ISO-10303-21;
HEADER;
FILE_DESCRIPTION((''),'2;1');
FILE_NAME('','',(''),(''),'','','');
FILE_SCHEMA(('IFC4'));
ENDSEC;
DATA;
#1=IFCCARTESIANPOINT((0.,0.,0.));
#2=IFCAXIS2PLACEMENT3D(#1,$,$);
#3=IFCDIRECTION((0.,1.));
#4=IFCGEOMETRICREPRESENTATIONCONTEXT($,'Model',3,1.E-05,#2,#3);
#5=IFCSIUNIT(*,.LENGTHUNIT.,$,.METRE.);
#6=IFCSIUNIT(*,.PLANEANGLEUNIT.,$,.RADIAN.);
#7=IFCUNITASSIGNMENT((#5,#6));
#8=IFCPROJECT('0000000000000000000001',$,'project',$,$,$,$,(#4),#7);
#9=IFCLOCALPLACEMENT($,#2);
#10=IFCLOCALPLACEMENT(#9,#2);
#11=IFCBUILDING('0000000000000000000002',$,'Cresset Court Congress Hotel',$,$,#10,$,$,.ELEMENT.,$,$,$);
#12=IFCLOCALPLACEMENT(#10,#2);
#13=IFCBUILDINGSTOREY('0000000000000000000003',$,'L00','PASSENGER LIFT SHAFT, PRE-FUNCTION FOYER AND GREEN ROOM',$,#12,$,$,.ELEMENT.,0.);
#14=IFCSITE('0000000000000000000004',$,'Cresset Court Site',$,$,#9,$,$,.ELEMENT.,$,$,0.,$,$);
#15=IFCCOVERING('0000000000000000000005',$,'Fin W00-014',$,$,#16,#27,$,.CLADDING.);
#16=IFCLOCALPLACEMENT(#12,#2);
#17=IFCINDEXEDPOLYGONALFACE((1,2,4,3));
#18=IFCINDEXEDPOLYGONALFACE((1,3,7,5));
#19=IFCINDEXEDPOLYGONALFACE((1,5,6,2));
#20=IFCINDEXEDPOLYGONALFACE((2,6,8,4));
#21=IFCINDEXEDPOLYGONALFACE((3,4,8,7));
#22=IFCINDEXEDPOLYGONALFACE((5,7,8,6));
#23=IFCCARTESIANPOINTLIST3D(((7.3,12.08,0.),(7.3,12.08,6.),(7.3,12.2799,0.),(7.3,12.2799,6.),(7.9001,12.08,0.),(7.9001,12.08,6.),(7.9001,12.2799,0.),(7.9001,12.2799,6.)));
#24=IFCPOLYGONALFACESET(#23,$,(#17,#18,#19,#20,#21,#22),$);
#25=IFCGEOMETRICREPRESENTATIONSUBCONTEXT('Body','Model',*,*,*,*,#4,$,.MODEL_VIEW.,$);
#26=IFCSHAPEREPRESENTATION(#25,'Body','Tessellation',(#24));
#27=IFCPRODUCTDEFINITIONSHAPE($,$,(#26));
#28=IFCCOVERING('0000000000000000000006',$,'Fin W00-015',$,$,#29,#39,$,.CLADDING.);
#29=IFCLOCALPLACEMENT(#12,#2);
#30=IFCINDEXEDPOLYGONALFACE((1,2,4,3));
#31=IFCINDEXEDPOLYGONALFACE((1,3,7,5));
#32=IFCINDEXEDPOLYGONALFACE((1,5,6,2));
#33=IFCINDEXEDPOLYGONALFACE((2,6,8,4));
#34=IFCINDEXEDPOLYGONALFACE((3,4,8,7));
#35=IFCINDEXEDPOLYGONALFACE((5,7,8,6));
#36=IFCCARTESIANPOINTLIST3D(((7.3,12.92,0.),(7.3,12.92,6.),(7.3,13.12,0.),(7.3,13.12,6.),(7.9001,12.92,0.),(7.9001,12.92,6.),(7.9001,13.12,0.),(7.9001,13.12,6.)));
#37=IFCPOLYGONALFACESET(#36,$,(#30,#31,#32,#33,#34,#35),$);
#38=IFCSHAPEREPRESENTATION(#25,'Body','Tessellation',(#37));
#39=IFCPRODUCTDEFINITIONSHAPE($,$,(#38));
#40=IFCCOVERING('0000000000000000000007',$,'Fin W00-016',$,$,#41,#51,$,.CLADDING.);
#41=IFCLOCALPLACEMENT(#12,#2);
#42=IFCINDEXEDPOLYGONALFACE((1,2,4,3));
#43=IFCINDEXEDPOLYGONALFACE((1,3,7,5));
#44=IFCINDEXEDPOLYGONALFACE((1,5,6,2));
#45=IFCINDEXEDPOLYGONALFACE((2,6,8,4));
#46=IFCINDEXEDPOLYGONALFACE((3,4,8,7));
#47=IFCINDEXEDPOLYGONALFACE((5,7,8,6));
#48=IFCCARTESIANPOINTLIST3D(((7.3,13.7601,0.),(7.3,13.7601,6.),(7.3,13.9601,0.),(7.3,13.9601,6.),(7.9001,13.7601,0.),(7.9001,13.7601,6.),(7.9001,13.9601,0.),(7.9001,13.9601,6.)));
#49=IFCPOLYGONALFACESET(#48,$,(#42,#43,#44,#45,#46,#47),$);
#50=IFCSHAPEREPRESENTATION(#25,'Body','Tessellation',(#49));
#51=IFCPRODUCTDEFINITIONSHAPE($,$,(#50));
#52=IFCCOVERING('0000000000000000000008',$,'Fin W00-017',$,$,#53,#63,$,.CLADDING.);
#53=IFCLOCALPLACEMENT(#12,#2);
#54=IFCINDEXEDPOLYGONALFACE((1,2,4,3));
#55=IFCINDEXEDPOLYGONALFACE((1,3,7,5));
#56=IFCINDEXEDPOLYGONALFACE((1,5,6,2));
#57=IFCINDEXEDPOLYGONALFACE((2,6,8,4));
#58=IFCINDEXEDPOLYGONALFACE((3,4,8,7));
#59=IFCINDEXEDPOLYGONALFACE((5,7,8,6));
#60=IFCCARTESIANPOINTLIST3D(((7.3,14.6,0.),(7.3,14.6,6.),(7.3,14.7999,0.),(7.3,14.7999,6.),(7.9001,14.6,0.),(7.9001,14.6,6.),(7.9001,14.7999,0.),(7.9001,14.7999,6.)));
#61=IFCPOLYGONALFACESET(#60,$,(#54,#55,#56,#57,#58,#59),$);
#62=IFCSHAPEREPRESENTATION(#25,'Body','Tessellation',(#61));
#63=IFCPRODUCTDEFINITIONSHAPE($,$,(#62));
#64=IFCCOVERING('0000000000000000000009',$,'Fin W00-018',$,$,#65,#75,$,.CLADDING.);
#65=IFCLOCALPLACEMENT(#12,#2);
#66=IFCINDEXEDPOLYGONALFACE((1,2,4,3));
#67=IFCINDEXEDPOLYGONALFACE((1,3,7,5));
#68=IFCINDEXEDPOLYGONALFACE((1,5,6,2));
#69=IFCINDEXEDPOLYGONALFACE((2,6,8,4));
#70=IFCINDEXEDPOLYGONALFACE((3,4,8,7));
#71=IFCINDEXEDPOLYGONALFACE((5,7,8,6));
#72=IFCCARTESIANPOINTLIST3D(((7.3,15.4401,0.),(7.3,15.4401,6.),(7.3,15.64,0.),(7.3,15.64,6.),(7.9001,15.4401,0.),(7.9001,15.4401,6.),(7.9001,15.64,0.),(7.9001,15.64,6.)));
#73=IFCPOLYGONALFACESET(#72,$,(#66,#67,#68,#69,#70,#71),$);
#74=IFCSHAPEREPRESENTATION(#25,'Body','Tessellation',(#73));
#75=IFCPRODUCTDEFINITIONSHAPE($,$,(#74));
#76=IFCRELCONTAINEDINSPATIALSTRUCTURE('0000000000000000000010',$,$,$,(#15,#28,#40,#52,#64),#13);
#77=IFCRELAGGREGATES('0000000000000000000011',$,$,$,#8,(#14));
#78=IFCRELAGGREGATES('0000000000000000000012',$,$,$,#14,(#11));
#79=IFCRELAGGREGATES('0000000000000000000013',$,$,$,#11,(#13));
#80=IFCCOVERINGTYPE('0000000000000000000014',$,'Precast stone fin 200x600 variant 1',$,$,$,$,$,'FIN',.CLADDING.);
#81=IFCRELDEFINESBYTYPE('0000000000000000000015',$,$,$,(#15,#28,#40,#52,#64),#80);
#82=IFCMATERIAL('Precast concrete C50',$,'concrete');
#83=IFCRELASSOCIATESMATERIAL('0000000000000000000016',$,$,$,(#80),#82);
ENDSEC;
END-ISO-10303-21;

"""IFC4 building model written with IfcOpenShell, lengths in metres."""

from ifc_helpers import new_model, si_unit, direction, frame, origin, origin_2d, place, context, subcontext, project, spatial, rectangle, extrude, material, type_object, element, save


model = new_model("IFC4")

# Units and contexts
model_context = context("Model", 3, precision=1e-05, world=origin(), true_north=direction((0.0, 1.0)))
body_context = subcontext(model_context, "Body", "Model", "MODEL_VIEW")
ifc_project = project(units=[si_unit("LENGTHUNIT", "METRE"), si_unit("PLANEANGLEUNIT", "RADIAN")], contexts=[model_context])

# Site, building, storey
site_placement = place(None, origin())
site = spatial("IfcSite", under=ifc_project, at=site_placement, Name="Cresset Court Site", CompositionType="ELEMENT", RefElevation=0.0)
building_placement = place(site_placement, origin())
building = spatial("IfcBuilding", under=site, at=building_placement, Name="Cresset Court Congress Hotel", CompositionType="ELEMENT")
storey_placement = place(building_placement, origin())
storey = spatial("IfcBuildingStorey", under=building, at=storey_placement, Name="L00", Description="PASSENGER LIFT SHAFT, PRE-FUNCTION FOYER AND GREEN ROOM", CompositionType="ELEMENT", Elevation=0.0)

# Coverings
ifc_material_1 = material(Name="Precast concrete C50", Category="concrete")
covering_type = type_object("IfcCoveringType", Name="Precast stone fin 200x600 variant 1", ElementType="FIN", PredefinedType="CLADDING", material=ifc_material_1)
for number, where, z_axis, x_axis, name in (
    (1, (7.6001, 12.1799, 0.0), (0.0, 0.0, 1.0), (1.0, 0.0, 0.0), "Fin W00-014"),
    (2, (7.6001, 13.02, 0.0), (0.0, 0.0, 1.0), (1.0, 0.0, 0.0), "Fin W00-015"),
    (3, (7.6001, 13.8601, 0.0), (0.0, 0.0, 1.0), (1.0, 0.0, 0.0), "Fin W00-016"),
    (4, (7.6001, 14.7, 0.0), (0.0, 0.0, 1.0), (1.0, 0.0, 0.0), "Fin W00-017"),
    (5, (7.6001, 15.54, 0.0), (0.0, 0.0, 1.0), (1.0, 0.0, 0.0), "Fin W00-018"),
):
    element("IfcCovering", number, at=place(storey_placement, frame(where, z_axis=z_axis, x_axis=x_axis)), inside=storey, type_object=covering_type, Name=name, PredefinedType="CLADDING", context=body_context, shape_type="SweptSolid", body=[
        extrude(rectangle(XDim=0.6001, YDim=0.2, at=origin_2d()), origin(), (0.0, 0.0, 1.0), 6.0),
    ])

save(model, "model.ifc")
